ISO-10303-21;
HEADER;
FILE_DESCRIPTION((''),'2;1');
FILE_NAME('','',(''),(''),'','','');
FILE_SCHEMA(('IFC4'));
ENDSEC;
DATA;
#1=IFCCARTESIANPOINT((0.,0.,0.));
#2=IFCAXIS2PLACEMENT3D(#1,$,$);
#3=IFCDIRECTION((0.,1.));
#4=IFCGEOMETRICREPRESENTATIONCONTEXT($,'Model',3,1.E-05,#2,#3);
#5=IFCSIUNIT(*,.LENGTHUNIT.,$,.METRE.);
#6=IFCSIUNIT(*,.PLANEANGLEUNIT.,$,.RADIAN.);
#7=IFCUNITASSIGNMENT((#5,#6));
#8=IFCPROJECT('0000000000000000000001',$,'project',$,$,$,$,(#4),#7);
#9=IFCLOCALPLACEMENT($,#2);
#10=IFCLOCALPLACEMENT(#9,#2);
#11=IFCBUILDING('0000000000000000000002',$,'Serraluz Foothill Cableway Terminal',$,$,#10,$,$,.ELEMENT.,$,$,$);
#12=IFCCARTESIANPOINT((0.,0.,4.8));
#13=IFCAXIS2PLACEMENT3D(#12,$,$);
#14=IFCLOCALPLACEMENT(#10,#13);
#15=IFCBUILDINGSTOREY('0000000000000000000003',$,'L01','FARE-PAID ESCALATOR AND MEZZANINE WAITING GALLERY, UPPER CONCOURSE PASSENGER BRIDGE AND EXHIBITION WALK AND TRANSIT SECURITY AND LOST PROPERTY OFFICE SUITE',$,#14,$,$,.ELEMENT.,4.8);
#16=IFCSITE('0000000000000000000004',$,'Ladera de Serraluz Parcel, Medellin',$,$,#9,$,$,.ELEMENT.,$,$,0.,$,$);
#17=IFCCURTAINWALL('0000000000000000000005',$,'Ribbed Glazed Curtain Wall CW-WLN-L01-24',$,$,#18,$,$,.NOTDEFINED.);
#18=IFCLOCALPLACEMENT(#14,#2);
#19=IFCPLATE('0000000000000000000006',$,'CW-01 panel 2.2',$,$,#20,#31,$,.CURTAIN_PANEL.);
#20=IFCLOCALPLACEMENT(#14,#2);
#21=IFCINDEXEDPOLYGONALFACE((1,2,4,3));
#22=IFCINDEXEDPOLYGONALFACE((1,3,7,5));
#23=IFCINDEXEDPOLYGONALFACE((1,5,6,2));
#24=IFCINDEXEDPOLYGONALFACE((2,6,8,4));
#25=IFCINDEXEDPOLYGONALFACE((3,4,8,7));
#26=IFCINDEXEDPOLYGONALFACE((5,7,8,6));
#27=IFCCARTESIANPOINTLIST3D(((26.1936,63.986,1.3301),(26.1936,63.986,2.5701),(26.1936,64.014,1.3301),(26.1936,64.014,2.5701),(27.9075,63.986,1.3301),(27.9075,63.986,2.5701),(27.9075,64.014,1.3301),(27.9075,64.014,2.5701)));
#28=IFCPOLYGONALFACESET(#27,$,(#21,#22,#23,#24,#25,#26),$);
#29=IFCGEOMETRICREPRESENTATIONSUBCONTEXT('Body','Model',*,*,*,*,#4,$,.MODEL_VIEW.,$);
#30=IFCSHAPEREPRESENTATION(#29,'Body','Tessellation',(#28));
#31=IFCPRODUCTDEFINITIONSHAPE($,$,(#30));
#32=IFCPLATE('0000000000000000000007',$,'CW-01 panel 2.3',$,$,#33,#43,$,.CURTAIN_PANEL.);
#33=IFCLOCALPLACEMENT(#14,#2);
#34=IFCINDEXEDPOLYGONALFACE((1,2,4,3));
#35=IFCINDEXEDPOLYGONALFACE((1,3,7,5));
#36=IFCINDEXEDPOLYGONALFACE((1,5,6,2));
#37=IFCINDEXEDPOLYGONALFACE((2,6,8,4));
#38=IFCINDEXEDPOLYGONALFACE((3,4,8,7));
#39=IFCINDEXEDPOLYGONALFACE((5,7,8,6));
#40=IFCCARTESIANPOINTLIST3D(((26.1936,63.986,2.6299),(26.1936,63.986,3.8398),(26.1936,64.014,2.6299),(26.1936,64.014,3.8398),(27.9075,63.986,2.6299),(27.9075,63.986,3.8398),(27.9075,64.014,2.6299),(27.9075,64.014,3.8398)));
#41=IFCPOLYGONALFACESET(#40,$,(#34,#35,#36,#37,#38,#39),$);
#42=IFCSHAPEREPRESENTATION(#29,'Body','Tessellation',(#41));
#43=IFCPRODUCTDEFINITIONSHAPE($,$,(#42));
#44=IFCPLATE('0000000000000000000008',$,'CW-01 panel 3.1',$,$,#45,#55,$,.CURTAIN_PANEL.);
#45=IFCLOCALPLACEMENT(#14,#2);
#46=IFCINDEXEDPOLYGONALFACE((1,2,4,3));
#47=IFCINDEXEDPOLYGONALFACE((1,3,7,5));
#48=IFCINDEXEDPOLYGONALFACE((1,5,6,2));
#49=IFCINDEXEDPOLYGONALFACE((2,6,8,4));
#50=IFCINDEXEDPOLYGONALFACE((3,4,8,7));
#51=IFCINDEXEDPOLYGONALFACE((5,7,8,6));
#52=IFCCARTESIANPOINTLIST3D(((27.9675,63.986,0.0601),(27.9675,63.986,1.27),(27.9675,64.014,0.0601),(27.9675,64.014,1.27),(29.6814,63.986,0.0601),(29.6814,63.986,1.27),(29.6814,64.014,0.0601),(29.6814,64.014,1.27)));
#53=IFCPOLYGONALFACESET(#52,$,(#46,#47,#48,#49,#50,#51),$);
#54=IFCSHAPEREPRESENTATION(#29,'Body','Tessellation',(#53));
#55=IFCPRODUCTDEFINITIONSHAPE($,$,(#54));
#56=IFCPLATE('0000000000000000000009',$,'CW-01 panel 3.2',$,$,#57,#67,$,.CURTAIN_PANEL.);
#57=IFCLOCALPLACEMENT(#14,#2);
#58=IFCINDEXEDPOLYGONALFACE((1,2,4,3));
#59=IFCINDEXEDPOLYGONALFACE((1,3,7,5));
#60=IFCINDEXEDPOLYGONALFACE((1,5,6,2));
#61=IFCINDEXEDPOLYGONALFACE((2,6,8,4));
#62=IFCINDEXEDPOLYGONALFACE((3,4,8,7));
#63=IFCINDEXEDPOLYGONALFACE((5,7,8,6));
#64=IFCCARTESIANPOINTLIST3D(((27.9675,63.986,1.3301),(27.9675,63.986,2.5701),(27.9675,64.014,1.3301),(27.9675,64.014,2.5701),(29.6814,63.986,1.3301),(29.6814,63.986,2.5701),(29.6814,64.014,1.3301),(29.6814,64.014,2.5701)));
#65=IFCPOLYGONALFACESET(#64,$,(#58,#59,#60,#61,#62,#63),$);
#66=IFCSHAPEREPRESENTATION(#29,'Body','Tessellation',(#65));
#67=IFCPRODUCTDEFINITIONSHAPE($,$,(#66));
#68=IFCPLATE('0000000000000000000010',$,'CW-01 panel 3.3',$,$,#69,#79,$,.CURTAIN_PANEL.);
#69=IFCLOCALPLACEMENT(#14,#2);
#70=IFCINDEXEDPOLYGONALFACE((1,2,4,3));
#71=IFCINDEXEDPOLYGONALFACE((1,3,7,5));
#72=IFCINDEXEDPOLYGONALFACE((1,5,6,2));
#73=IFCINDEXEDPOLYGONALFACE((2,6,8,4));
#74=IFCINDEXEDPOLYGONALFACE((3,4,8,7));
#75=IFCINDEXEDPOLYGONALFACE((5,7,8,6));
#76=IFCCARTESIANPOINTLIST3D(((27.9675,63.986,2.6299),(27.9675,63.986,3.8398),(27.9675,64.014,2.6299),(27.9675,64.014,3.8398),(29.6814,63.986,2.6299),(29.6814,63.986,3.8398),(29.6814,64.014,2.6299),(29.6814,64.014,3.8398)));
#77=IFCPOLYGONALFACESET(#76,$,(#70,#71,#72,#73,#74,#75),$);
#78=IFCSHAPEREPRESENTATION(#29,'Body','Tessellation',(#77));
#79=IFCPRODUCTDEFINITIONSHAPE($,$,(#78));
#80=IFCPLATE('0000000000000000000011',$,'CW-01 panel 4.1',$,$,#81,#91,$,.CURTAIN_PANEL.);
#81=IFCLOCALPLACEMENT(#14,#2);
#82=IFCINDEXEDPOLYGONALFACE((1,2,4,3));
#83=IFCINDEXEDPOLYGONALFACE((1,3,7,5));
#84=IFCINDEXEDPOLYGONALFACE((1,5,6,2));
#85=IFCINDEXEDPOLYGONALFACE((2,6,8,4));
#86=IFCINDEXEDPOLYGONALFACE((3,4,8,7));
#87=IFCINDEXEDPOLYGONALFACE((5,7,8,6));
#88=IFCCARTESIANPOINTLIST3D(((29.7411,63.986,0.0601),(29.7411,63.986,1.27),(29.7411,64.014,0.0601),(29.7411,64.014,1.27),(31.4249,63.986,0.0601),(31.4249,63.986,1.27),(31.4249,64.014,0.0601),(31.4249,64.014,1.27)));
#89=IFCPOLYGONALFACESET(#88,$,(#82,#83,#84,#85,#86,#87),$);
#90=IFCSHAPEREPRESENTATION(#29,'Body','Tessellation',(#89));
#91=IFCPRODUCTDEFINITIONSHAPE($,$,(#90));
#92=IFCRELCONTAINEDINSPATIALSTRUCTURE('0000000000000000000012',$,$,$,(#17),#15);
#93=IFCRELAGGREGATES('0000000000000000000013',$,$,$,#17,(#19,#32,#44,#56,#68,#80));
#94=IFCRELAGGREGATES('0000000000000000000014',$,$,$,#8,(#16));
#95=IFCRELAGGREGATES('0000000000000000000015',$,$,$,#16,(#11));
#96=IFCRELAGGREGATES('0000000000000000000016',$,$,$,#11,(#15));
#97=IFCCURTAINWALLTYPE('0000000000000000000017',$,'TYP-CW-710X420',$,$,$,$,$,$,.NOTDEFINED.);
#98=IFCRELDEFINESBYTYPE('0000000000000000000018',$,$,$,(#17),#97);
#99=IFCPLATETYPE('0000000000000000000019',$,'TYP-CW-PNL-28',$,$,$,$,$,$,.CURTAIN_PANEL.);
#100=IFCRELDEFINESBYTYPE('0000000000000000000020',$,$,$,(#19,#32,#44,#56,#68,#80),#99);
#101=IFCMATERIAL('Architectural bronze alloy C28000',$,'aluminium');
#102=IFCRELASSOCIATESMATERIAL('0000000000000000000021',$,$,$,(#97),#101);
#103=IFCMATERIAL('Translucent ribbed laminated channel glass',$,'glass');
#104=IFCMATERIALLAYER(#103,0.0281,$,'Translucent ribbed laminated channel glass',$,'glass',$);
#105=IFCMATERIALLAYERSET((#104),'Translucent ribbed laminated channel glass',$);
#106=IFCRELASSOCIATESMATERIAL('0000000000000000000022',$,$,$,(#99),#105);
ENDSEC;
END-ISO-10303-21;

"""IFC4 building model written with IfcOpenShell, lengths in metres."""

from ifc_helpers import new_model, si_unit, direction, frame, origin, origin_2d, place, context, subcontext, project, spatial, rectangle, extrude, material, layer, layer_set, type_object, element, aggregate, save


model = new_model("IFC4")

# Units and contexts
model_context = context("Model", 3, precision=1e-05, world=origin(), true_north=direction((0.0, 1.0)))
body_context = subcontext(model_context, "Body", "Model", "MODEL_VIEW")
ifc_project = project(units=[si_unit("LENGTHUNIT", "METRE"), si_unit("PLANEANGLEUNIT", "RADIAN")], contexts=[model_context])

# Site, building, storey
site_placement = place(None, origin())
site = spatial("IfcSite", under=ifc_project, at=site_placement, Name="Ladera de Serraluz Parcel, Medellin", CompositionType="ELEMENT", RefElevation=0.0)
building_placement = place(site_placement, origin())
building = spatial("IfcBuilding", under=site, at=building_placement, Name="Serraluz Foothill Cableway Terminal", CompositionType="ELEMENT")
storey_placement = place(building_placement, frame((0.0, 0.0, 4.8)))
storey = spatial("IfcBuildingStorey", under=building, at=storey_placement, Name="L01", Description="FARE-PAID ESCALATOR AND MEZZANINE WAITING GALLERY, UPPER CONCOURSE PASSENGER BRIDGE AND EXHIBITION WALK AND TRANSIT SECURITY AND LOST PROPERTY OFFICE SUITE", CompositionType="ELEMENT", Elevation=4.8)

# Curtain wall
ifc_material_1 = material(Name="Architectural bronze alloy C28000", Category="aluminium")
curtain_wall_type = type_object("IfcCurtainWallType", Name="TYP-CW-710X420", PredefinedType="NOTDEFINED", material=ifc_material_1)
curtain_wall_placement = place(storey_placement, origin())
curtain_wall = element("IfcCurtainWall", 1, at=curtain_wall_placement, inside=storey, type_object=curtain_wall_type, Name="Ribbed Glazed Curtain Wall CW-WLN-L01-24", PredefinedType="NOTDEFINED")

# Plates
ifc_material_2 = material(Name="Translucent ribbed laminated channel glass", Category="glass")
ifc_layer = layer(ifc_material_2, 0.0281, Name="Translucent ribbed laminated channel glass", Category="glass")
ifc_layer_set = layer_set([ifc_layer], Name="Translucent ribbed laminated channel glass")
plate_type = type_object("IfcPlateType", Name="TYP-CW-PNL-28", PredefinedType="CURTAIN_PANEL", material=ifc_layer_set)
plate_1_placement = place(storey_placement, frame((27.0505, 64.0, 1.3301), z_axis=(0.0, 0.0, 1.0), x_axis=(1.0, 0.0, 0.0)))
plate_1 = element("IfcPlate", 2, at=plate_1_placement, type_object=plate_type, Name="CW-01 panel 2.2", PredefinedType="CURTAIN_PANEL", context=body_context, shape_type="SweptSolid", body=[
    extrude(rectangle(XDim=1.7139, YDim=0.0281, at=origin_2d()), origin(), (0.0, 0.0, 1.0), 1.24),
])
plate_2_placement = place(storey_placement, frame((27.0505, 64.0, 2.6299), z_axis=(0.0, 0.0, 1.0), x_axis=(1.0, 0.0, 0.0)))
plate_2 = element("IfcPlate", 3, at=plate_2_placement, type_object=plate_type, Name="CW-01 panel 2.3", PredefinedType="CURTAIN_PANEL", context=body_context, shape_type="SweptSolid", body=[
    extrude(rectangle(XDim=1.7139, YDim=0.0281, at=origin_2d()), origin(), (0.0, 0.0, 1.0), 1.21),
])
plate_3_placement = place(storey_placement, frame((28.8245, 64.0, 0.0601), z_axis=(0.0, 0.0, 1.0), x_axis=(1.0, 0.0, 0.0)))
plate_3 = element("IfcPlate", 4, at=plate_3_placement, type_object=plate_type, Name="CW-01 panel 3.1", PredefinedType="CURTAIN_PANEL", context=body_context, shape_type="SweptSolid", body=[
    extrude(rectangle(XDim=1.7139, YDim=0.0281, at=origin_2d()), origin(), (0.0, 0.0, 1.0), 1.21),
])
plate_4_placement = place(storey_placement, frame((28.8245, 64.0, 1.3301), z_axis=(0.0, 0.0, 1.0), x_axis=(1.0, 0.0, 0.0)))
plate_4 = element("IfcPlate", 5, at=plate_4_placement, type_object=plate_type, Name="CW-01 panel 3.2", PredefinedType="CURTAIN_PANEL", context=body_context, shape_type="SweptSolid", body=[
    extrude(rectangle(XDim=1.7139, YDim=0.0281, at=origin_2d()), origin(), (0.0, 0.0, 1.0), 1.24),
])
plate_5_placement = place(storey_placement, frame((28.8245, 64.0, 2.6299), z_axis=(0.0, 0.0, 1.0), x_axis=(1.0, 0.0, 0.0)))
plate_5 = element("IfcPlate", 6, at=plate_5_placement, type_object=plate_type, Name="CW-01 panel 3.3", PredefinedType="CURTAIN_PANEL", context=body_context, shape_type="SweptSolid", body=[
    extrude(rectangle(XDim=1.7139, YDim=0.0281, at=origin_2d()), origin(), (0.0, 0.0, 1.0), 1.21),
])
plate_6_placement = place(storey_placement, frame((30.583, 64.0, 0.0601), z_axis=(0.0, 0.0, 1.0), x_axis=(1.0, 0.0, 0.0)))
plate_6 = element("IfcPlate", 7, at=plate_6_placement, type_object=plate_type, Name="CW-01 panel 4.1", PredefinedType="CURTAIN_PANEL", context=body_context, shape_type="SweptSolid", body=[
    extrude(rectangle(XDim=1.6838, YDim=0.0281, at=origin_2d()), origin(), (0.0, 0.0, 1.0), 1.21),
])
aggregate(curtain_wall, [plate_1, plate_2, plate_3, plate_4, plate_5, plate_6])

save(model, "model.ifc")
